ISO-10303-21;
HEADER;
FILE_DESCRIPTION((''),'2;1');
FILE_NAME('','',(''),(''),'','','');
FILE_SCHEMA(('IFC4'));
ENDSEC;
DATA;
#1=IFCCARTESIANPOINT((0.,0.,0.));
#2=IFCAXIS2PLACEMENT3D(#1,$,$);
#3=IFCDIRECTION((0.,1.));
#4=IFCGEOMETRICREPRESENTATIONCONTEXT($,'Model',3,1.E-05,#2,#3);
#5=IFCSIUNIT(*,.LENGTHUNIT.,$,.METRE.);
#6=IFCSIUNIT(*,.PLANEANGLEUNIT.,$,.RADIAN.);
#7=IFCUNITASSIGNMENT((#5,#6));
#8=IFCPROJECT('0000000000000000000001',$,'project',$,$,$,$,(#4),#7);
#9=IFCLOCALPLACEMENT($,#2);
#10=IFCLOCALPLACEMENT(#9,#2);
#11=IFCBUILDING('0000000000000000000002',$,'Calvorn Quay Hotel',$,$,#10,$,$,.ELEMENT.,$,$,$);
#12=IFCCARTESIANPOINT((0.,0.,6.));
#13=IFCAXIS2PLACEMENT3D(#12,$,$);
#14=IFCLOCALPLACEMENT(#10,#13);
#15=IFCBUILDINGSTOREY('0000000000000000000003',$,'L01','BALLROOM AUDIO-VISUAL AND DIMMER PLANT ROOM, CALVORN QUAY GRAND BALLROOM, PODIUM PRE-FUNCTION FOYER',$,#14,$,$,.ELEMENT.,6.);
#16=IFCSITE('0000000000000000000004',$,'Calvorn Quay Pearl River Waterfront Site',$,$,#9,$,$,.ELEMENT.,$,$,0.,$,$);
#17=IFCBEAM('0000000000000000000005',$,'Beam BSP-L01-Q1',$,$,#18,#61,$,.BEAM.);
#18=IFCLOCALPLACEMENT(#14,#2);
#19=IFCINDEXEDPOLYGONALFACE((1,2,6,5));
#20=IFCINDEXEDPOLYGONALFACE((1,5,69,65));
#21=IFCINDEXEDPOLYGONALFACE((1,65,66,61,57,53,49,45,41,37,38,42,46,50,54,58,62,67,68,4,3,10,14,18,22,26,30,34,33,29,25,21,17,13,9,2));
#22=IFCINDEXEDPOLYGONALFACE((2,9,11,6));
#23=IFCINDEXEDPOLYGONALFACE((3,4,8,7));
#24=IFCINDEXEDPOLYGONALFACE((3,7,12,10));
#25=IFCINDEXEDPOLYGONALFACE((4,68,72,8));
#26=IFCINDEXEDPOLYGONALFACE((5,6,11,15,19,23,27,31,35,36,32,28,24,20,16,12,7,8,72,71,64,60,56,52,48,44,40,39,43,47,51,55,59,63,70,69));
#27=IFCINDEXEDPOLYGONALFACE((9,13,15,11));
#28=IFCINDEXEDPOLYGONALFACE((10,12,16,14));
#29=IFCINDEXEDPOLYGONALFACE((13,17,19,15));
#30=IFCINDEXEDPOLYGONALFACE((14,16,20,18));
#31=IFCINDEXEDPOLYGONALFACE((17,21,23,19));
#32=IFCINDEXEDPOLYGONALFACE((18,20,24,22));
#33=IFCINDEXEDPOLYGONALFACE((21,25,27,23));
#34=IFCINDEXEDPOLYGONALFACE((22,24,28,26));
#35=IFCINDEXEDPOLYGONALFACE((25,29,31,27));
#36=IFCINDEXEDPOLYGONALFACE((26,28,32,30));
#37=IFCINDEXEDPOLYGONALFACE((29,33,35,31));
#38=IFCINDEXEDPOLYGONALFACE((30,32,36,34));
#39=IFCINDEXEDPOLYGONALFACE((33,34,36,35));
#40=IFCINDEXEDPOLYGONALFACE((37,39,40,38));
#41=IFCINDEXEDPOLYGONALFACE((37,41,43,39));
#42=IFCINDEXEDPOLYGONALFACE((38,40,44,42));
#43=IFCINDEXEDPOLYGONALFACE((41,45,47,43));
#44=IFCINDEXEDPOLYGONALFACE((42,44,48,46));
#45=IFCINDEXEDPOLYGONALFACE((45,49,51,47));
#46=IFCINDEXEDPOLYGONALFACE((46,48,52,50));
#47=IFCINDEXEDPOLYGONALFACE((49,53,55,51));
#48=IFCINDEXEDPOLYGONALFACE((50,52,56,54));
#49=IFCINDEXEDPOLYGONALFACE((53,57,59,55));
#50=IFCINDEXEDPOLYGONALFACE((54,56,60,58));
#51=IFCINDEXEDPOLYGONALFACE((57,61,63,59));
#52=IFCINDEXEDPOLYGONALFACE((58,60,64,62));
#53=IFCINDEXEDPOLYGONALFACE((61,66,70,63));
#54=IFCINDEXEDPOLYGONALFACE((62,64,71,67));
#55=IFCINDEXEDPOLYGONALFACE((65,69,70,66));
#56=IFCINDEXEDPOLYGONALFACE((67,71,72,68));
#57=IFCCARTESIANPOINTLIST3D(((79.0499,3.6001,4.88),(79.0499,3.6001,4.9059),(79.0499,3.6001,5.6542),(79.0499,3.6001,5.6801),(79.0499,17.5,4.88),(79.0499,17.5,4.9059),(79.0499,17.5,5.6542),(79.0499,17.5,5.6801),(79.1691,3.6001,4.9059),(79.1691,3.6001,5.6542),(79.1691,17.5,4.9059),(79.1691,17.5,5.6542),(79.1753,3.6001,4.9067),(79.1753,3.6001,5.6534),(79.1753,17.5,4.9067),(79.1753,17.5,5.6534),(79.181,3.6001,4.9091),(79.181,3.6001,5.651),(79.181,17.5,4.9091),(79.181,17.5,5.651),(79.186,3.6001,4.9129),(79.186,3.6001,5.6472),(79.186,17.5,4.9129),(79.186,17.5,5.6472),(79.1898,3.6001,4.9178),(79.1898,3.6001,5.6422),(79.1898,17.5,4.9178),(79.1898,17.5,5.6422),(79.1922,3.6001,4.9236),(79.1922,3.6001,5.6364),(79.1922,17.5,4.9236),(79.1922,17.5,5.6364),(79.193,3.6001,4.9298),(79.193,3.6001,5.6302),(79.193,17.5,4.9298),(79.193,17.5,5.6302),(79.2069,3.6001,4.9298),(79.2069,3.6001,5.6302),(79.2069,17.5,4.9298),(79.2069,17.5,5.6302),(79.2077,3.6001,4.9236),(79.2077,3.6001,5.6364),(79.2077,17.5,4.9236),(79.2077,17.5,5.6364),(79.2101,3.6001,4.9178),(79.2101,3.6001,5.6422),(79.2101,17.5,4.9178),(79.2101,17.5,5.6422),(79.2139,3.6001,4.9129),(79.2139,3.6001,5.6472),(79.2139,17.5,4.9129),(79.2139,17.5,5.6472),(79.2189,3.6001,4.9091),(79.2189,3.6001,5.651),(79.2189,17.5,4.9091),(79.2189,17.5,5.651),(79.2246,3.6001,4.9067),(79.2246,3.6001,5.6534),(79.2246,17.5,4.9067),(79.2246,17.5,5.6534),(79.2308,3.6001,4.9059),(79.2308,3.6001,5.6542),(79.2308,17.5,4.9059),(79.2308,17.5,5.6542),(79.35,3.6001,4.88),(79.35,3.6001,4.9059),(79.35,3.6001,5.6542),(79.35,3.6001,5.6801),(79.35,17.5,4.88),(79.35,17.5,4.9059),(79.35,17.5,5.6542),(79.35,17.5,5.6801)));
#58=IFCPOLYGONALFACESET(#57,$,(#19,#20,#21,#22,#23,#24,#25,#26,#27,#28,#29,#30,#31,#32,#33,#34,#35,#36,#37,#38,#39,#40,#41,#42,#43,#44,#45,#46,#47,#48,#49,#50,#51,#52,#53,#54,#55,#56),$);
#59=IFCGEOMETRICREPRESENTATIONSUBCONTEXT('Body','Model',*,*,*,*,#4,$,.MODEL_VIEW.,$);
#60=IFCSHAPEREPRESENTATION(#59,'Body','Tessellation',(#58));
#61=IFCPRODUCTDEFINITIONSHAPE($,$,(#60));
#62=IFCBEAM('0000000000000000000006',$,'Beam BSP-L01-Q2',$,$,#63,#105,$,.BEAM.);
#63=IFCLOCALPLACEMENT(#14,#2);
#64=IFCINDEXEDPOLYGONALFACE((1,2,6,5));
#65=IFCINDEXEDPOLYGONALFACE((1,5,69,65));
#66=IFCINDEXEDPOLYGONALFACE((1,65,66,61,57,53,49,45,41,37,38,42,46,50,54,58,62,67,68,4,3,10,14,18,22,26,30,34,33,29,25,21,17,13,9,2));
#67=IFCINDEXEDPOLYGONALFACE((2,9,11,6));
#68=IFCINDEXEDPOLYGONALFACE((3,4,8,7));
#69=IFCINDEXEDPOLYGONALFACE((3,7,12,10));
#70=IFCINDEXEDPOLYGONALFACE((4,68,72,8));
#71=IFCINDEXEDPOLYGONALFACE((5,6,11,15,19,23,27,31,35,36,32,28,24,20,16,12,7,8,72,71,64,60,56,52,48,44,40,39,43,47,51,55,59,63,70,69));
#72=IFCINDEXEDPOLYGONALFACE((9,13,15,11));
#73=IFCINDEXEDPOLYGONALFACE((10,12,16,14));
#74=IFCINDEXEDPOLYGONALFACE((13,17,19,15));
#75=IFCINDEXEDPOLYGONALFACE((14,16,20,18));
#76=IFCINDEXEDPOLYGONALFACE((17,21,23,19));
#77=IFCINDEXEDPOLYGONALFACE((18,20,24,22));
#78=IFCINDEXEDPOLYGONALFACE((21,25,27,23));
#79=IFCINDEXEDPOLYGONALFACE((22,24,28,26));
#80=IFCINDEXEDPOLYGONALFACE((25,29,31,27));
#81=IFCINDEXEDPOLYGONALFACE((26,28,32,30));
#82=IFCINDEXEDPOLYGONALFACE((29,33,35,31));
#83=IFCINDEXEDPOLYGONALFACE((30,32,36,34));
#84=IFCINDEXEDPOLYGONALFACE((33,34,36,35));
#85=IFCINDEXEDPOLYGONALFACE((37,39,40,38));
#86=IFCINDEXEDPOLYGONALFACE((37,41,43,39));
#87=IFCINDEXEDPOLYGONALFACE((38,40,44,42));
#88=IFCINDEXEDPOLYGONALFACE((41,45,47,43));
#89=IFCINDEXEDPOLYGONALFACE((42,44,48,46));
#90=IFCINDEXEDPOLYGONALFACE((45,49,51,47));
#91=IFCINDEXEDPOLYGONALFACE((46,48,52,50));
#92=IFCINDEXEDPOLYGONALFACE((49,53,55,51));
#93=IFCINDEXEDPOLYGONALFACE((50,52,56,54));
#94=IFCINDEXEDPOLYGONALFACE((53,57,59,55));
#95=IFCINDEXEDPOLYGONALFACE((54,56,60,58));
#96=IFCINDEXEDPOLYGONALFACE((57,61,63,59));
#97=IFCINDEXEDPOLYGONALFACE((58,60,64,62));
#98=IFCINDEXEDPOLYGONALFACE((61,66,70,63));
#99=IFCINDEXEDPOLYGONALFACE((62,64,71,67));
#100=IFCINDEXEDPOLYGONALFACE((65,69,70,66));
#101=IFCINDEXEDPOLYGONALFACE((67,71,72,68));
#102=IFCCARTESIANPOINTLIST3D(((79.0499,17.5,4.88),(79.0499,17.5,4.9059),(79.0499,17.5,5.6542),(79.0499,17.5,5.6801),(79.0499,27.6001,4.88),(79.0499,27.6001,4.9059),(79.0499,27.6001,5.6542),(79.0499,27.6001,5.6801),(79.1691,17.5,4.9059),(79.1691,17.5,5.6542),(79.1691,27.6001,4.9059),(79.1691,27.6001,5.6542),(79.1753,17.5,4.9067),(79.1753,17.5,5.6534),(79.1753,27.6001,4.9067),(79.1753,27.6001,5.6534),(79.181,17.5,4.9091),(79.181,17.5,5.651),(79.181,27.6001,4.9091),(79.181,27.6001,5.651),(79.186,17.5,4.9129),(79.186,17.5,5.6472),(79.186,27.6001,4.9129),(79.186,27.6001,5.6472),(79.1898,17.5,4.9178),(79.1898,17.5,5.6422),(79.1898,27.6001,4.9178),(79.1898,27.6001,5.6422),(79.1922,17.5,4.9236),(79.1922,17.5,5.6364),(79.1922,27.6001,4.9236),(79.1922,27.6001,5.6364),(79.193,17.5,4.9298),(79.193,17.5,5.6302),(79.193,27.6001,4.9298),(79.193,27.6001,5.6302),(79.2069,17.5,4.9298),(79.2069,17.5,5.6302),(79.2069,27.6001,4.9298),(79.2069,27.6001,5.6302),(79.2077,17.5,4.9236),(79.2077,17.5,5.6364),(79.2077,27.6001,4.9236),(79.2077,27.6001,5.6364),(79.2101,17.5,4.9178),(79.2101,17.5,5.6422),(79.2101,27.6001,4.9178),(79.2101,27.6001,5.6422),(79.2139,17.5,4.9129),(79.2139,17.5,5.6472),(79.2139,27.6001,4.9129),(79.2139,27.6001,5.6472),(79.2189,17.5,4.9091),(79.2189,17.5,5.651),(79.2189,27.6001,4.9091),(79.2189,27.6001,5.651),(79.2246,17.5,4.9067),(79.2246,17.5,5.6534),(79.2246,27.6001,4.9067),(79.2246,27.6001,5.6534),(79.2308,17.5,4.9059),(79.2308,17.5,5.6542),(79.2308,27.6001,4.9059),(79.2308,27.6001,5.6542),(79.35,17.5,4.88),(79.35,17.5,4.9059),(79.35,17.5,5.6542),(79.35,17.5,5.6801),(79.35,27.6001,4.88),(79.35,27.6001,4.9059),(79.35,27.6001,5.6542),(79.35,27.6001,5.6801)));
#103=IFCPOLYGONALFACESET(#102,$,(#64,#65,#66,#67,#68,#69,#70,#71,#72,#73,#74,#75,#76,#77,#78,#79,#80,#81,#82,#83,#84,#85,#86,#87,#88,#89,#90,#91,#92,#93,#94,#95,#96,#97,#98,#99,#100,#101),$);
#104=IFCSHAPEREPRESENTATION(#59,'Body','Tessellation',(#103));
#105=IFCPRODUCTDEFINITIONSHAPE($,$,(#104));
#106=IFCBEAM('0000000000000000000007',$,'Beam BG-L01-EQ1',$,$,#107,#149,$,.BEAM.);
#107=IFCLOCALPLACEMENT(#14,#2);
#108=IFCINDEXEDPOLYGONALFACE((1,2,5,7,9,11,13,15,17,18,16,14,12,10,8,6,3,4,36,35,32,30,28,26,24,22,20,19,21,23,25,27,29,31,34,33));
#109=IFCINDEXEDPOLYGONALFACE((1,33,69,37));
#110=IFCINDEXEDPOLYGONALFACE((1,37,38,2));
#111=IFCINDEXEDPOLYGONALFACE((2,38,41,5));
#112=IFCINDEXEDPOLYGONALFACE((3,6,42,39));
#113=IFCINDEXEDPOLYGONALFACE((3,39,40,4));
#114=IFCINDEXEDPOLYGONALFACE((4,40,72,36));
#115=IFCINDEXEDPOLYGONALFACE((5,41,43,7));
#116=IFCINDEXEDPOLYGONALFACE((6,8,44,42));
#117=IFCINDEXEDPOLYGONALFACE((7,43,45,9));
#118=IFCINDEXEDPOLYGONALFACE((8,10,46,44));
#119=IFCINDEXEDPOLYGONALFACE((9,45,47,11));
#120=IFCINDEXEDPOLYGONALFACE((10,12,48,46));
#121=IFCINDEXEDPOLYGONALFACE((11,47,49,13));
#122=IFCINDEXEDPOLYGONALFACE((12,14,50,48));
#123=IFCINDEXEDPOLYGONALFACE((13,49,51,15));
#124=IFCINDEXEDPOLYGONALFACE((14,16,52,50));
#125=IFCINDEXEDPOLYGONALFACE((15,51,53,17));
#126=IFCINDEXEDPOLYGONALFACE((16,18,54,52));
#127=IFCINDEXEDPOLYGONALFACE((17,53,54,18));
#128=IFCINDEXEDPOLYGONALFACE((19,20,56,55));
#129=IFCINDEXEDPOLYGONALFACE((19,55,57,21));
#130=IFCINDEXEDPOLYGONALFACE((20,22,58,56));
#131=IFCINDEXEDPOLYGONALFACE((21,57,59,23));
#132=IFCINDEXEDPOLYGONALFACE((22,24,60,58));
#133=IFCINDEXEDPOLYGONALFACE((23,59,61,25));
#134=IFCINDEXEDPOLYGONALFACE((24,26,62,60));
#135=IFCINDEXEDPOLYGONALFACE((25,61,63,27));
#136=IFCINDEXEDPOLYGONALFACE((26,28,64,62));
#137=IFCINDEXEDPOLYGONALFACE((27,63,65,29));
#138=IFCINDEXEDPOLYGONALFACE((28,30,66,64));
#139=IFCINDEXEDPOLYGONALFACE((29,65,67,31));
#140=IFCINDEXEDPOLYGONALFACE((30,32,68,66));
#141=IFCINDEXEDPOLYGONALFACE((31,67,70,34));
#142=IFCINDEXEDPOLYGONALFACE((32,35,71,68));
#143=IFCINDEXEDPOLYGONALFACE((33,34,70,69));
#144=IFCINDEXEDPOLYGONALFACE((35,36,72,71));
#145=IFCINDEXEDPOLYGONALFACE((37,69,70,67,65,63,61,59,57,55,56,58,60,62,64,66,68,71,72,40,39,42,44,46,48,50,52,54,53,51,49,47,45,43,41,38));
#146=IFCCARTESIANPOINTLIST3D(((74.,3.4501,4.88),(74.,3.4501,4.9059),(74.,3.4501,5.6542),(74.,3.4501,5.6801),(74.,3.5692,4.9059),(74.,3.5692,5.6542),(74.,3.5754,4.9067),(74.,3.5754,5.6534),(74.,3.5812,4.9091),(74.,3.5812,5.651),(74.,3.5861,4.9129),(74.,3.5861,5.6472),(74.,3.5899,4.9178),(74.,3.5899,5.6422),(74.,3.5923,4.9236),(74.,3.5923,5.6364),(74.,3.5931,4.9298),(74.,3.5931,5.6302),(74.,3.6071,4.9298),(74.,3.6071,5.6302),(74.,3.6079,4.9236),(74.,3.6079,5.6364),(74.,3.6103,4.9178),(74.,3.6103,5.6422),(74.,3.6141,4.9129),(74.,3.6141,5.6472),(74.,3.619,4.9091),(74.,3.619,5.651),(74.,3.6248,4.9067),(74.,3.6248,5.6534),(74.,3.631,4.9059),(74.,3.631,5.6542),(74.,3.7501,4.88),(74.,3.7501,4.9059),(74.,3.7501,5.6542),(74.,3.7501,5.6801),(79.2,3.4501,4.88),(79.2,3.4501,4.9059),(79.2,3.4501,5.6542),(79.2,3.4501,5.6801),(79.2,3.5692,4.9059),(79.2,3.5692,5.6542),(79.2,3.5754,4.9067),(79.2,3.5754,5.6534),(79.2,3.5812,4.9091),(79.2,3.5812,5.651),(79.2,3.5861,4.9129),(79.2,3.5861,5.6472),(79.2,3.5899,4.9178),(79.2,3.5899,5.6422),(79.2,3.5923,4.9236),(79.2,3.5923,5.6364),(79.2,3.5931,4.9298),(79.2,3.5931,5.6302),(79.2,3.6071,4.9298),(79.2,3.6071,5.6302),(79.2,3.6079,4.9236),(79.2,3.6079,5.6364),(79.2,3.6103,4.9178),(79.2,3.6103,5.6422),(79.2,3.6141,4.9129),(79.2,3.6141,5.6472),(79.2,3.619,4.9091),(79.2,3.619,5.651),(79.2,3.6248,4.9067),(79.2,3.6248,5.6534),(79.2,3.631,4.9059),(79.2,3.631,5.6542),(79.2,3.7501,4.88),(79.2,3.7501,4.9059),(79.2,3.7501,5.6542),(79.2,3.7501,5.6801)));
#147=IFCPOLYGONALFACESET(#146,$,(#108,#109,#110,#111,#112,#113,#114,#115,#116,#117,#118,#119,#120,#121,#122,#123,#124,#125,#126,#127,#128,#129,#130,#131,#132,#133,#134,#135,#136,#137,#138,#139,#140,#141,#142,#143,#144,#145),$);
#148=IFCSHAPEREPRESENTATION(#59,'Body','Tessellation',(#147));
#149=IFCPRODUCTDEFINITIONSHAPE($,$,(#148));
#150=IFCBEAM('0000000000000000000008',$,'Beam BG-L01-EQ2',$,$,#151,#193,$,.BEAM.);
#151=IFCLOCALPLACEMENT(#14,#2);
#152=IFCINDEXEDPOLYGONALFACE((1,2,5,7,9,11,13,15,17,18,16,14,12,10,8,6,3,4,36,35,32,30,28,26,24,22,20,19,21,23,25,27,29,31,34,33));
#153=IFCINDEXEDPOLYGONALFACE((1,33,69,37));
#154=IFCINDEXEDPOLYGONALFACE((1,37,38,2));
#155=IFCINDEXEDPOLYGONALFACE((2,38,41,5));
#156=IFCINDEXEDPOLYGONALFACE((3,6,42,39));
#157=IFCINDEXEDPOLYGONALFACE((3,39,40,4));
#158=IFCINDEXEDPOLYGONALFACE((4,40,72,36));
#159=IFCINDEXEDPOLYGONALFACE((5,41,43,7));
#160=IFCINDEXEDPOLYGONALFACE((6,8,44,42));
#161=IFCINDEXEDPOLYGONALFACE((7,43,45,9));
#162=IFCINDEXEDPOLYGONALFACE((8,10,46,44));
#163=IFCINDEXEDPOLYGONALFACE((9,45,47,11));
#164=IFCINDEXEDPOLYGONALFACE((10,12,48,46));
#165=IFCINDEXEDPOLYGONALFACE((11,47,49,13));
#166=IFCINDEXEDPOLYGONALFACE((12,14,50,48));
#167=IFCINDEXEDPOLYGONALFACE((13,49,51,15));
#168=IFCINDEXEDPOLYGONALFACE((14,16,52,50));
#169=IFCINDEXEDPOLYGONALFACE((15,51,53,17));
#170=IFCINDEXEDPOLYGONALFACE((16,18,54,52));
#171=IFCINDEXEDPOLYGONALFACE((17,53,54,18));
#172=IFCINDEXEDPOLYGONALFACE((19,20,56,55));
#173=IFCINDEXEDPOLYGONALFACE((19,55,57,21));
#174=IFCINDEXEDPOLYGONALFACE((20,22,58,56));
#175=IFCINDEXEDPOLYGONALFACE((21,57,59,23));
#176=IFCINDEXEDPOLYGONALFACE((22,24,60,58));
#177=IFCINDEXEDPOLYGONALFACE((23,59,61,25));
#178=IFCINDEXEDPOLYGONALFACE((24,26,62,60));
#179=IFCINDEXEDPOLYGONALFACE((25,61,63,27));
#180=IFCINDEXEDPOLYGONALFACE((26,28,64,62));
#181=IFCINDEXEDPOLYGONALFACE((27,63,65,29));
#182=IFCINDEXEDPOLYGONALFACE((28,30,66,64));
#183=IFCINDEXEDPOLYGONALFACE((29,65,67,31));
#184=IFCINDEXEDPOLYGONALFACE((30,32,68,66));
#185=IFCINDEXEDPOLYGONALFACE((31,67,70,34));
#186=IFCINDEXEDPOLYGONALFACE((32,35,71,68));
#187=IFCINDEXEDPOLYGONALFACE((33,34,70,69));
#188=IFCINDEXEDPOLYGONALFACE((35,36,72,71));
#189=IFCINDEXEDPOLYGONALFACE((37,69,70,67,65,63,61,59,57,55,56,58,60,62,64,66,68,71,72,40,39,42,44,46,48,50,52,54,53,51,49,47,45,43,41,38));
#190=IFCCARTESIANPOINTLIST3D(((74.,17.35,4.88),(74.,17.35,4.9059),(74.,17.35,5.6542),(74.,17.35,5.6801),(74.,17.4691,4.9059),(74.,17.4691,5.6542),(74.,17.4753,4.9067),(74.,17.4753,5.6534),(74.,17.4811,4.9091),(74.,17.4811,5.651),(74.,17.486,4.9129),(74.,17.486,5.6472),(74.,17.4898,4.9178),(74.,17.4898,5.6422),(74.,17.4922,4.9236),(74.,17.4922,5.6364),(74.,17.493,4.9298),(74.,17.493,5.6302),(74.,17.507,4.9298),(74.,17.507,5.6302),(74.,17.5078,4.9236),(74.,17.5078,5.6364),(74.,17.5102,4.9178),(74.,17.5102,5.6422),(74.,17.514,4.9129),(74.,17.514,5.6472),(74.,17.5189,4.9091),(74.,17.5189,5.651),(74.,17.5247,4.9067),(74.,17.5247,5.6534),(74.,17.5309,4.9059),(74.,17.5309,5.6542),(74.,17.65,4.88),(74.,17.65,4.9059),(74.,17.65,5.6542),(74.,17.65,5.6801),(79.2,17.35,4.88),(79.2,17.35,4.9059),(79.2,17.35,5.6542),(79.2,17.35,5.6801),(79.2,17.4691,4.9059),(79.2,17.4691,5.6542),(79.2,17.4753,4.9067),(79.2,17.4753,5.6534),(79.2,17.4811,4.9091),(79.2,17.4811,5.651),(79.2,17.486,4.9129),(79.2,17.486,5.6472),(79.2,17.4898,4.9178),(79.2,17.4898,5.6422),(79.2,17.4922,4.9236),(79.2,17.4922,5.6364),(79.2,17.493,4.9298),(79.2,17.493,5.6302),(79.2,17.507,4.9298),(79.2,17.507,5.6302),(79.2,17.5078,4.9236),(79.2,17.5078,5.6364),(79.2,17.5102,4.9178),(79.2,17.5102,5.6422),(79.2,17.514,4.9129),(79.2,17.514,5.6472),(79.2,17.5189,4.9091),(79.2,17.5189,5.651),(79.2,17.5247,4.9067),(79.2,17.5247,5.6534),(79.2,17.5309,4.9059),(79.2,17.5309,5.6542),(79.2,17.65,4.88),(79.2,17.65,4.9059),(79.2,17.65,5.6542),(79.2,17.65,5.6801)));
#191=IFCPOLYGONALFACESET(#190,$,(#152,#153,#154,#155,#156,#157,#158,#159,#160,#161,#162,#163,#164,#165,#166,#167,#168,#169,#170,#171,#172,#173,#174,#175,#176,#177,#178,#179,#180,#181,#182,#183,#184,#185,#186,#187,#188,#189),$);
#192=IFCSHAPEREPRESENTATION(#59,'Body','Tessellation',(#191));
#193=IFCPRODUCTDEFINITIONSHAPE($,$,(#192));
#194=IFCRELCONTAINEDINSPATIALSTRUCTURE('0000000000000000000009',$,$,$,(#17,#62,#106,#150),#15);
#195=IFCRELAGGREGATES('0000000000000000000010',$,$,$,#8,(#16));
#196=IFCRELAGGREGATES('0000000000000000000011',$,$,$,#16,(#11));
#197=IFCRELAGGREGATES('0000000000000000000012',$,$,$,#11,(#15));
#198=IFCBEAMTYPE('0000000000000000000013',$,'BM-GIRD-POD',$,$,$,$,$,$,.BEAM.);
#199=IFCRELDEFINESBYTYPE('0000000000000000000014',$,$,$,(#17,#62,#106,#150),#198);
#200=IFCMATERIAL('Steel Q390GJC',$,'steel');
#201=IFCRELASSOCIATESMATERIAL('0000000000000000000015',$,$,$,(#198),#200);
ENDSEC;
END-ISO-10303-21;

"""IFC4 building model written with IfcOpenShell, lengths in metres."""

from ifc_helpers import new_model, si_unit, direction, frame, origin, origin_2d, place, context, subcontext, project, spatial, i_section, extrude, material, material_profile, profile_set, type_object, element, save


model = new_model("IFC4")

# Units and contexts
model_context = context("Model", 3, precision=1e-05, world=origin(), true_north=direction((0.0, 1.0)))
body_context = subcontext(model_context, "Body", "Model", "MODEL_VIEW")
ifc_project = project(units=[si_unit("LENGTHUNIT", "METRE"), si_unit("PLANEANGLEUNIT", "RADIAN")], contexts=[model_context])

# Site, building, storey
site_placement = place(None, origin())
site = spatial("IfcSite", under=ifc_project, at=site_placement, Name="Calvorn Quay Pearl River Waterfront Site", CompositionType="ELEMENT", RefElevation=0.0)
building_placement = place(site_placement, origin())
building = spatial("IfcBuilding", under=site, at=building_placement, Name="Calvorn Quay Hotel", CompositionType="ELEMENT")
storey_placement = place(building_placement, frame((0.0, 0.0, 6.0)))
storey = spatial("IfcBuildingStorey", under=building, at=storey_placement, Name="L01", Description="BALLROOM AUDIO-VISUAL AND DIMMER PLANT ROOM, CALVORN QUAY GRAND BALLROOM, PODIUM PRE-FUNCTION FOYER", CompositionType="ELEMENT", Elevation=6.0)

# Beams
ifc_material_1 = material(Name="Steel Q390GJC", Category="steel")
ifc_material_profile_1 = material_profile(ifc_material_1, i_section(OverallWidth=0.3, OverallDepth=0.8, WebThickness=0.0139, FlangeThickness=0.0259, FilletRadius=0.0239, at=origin_2d()), Name="HN800x300x14x26")
ifc_profile_set_1 = profile_set([ifc_material_profile_1], Name="Steel Q390GJC")
beam_type = type_object("IfcBeamType", Name="BM-GIRD-POD", PredefinedType="BEAM", material=ifc_profile_set_1)
beam_1_placement = place(storey_placement, frame((79.2, 3.6001, 5.28), z_axis=(0.0, 1.0, 0.0), x_axis=(-1.0, 0.0, 0.0)))
element("IfcBeam", 1, at=beam_1_placement, inside=storey, type_object=beam_type, Name="Beam BSP-L01-Q1", PredefinedType="BEAM", context=body_context, shape_type="SweptSolid", body=[
    extrude(i_section(OverallWidth=0.3, OverallDepth=0.8, WebThickness=0.0139, FlangeThickness=0.0259, FilletRadius=0.0239, at=origin_2d()), origin(), (0.0, 0.0, 1.0), 13.8999),
])
beam_2_placement = place(storey_placement, frame((79.2, 17.5, 5.28), z_axis=(0.0, 1.0, 0.0), x_axis=(-1.0, 0.0, 0.0)))
element("IfcBeam", 2, at=beam_2_placement, inside=storey, type_object=beam_type, Name="Beam BSP-L01-Q2", PredefinedType="BEAM", context=body_context, shape_type="SweptSolid", body=[
    extrude(i_section(OverallWidth=0.3, OverallDepth=0.8, WebThickness=0.0139, FlangeThickness=0.0259, FilletRadius=0.0239, at=origin_2d()), origin(), (0.0, 0.0, 1.0), 10.1001),
])
for number, where, z_axis, x_axis, name in (
    (3, (74.0, 3.6001, 5.28), (1.0, 0.0, 0.0), (0.0, 1.0, 0.0), "Beam BG-L01-EQ1"),
    (4, (74.0, 17.5, 5.28), (1.0, 0.0, 0.0), (0.0, 1.0, 0.0), "Beam BG-L01-EQ2"),
):
    element("IfcBeam", number, at=place(storey_placement, frame(where, z_axis=z_axis, x_axis=x_axis)), inside=storey, type_object=beam_type, Name=name, PredefinedType="BEAM", context=body_context, shape_type="SweptSolid", body=[
        extrude(i_section(OverallWidth=0.3, OverallDepth=0.8, WebThickness=0.0139, FlangeThickness=0.0259, FilletRadius=0.0239, at=origin_2d()), origin(), (0.0, 0.0, 1.0), 5.2),
    ])

save(model, "model.ifc")
